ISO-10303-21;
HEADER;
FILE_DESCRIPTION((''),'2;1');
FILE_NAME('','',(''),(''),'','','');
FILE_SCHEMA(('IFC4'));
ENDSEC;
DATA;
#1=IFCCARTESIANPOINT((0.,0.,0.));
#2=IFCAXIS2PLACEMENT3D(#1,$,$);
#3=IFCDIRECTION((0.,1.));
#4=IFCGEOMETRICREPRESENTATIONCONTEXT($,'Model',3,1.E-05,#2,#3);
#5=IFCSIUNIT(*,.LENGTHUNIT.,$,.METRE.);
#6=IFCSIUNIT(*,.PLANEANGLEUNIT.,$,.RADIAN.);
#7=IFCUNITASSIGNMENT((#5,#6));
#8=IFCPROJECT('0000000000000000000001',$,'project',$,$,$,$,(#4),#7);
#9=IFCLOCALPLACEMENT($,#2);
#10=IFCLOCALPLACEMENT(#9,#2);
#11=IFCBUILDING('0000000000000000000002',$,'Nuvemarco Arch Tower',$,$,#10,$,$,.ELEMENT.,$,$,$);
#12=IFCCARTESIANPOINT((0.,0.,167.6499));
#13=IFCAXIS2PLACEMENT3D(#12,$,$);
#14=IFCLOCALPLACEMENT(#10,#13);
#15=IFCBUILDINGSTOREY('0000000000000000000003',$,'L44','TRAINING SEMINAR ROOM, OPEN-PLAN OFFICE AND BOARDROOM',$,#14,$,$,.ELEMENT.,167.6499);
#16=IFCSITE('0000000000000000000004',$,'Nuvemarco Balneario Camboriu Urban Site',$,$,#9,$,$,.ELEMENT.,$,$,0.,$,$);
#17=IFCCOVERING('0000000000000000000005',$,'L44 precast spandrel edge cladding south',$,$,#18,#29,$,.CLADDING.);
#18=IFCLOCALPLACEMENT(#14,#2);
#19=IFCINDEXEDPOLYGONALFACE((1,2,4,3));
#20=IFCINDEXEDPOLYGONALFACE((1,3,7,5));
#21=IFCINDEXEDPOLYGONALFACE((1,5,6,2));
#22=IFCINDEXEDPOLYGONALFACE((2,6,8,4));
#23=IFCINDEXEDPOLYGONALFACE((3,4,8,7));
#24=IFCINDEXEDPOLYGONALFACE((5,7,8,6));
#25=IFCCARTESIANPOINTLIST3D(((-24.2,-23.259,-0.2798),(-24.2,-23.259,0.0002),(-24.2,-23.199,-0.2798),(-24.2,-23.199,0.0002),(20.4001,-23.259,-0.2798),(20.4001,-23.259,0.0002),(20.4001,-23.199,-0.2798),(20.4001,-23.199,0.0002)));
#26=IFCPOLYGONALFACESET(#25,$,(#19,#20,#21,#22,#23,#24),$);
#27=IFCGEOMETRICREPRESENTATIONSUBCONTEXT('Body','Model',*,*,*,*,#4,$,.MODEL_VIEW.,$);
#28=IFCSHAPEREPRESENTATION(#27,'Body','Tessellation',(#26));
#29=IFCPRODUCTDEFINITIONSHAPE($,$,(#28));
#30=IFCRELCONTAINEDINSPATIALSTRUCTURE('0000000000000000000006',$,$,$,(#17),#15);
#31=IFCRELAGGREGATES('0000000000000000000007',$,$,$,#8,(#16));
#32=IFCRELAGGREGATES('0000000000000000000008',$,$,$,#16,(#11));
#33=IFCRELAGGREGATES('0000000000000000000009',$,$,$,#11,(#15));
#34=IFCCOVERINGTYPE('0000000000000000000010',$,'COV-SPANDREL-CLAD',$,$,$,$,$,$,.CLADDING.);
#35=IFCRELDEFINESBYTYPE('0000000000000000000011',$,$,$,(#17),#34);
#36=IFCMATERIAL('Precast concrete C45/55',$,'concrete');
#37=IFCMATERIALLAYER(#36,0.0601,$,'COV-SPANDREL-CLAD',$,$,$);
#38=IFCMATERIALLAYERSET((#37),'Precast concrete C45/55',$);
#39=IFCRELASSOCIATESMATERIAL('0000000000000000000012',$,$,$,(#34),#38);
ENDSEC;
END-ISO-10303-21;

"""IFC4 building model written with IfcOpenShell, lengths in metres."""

from ifc_helpers import new_model, si_unit, direction, frame, origin, origin_2d, place, context, subcontext, project, spatial, rectangle, extrude, source, transform, mapped, material, layer, layer_set, type_object, type_shapes, element, save


model = new_model("IFC4")

# Units and contexts
model_context = context("Model", 3, precision=1e-05, world=origin(), true_north=direction((0.0, 1.0)))
body_context = subcontext(model_context, "Body", "Model", "MODEL_VIEW")
ifc_project = project(units=[si_unit("LENGTHUNIT", "METRE"), si_unit("PLANEANGLEUNIT", "RADIAN")], contexts=[model_context])

# Site, building, storey
site_placement = place(None, origin())
site = spatial("IfcSite", under=ifc_project, at=site_placement, Name="Nuvemarco Balneario Camboriu Urban Site", CompositionType="ELEMENT", RefElevation=0.0)
building_placement = place(site_placement, origin())
building = spatial("IfcBuilding", under=site, at=building_placement, Name="Nuvemarco Arch Tower", CompositionType="ELEMENT")
storey_placement = place(building_placement, frame((0.0, 0.0, 167.6499)))
storey = spatial("IfcBuildingStorey", under=building, at=storey_placement, Name="L44", Description="TRAINING SEMINAR ROOM, OPEN-PLAN OFFICE AND BOARDROOM", CompositionType="ELEMENT", Elevation=167.6499)

# Shared definitions
ifc_material_1 = material(Name="Precast concrete C45/55", Category="concrete")

# Covering
ifc_layer_1 = layer(ifc_material_1, 0.0601, Name="COV-SPANDREL-CLAD")
ifc_layer_set_1 = layer_set([ifc_layer_1], Name="Precast concrete C45/55")
covering_type = type_object("IfcCoveringType", Name="COV-SPANDREL-CLAD", PredefinedType="CLADDING", material=ifc_layer_set_1)
shared_shape_1 = source(origin(), body_context, "Body", "SweptSolid", [
    extrude(rectangle(XDim=44.6001, YDim=0.0601, at=origin_2d()), origin(), (0.0, 0.0, 1.0), 0.28),
])
type_shapes(covering_type, [shared_shape_1])
covering_placement = place(storey_placement, frame((-1.8999, -23.229, -0.2798), z_axis=(0.0, 0.0, 1.0), x_axis=(1.0, 0.0, 0.0)))
element("IfcCovering", 1, at=covering_placement, inside=storey, type_object=covering_type, Name="L44 precast spandrel edge cladding south", PredefinedType="CLADDING", context=body_context, shape_type="MappedRepresentation", body=[
    mapped(shared_shape_1, transform((0.0, 0.0, 0.0), scale=1.0)),
])

save(model, "model.ifc")
